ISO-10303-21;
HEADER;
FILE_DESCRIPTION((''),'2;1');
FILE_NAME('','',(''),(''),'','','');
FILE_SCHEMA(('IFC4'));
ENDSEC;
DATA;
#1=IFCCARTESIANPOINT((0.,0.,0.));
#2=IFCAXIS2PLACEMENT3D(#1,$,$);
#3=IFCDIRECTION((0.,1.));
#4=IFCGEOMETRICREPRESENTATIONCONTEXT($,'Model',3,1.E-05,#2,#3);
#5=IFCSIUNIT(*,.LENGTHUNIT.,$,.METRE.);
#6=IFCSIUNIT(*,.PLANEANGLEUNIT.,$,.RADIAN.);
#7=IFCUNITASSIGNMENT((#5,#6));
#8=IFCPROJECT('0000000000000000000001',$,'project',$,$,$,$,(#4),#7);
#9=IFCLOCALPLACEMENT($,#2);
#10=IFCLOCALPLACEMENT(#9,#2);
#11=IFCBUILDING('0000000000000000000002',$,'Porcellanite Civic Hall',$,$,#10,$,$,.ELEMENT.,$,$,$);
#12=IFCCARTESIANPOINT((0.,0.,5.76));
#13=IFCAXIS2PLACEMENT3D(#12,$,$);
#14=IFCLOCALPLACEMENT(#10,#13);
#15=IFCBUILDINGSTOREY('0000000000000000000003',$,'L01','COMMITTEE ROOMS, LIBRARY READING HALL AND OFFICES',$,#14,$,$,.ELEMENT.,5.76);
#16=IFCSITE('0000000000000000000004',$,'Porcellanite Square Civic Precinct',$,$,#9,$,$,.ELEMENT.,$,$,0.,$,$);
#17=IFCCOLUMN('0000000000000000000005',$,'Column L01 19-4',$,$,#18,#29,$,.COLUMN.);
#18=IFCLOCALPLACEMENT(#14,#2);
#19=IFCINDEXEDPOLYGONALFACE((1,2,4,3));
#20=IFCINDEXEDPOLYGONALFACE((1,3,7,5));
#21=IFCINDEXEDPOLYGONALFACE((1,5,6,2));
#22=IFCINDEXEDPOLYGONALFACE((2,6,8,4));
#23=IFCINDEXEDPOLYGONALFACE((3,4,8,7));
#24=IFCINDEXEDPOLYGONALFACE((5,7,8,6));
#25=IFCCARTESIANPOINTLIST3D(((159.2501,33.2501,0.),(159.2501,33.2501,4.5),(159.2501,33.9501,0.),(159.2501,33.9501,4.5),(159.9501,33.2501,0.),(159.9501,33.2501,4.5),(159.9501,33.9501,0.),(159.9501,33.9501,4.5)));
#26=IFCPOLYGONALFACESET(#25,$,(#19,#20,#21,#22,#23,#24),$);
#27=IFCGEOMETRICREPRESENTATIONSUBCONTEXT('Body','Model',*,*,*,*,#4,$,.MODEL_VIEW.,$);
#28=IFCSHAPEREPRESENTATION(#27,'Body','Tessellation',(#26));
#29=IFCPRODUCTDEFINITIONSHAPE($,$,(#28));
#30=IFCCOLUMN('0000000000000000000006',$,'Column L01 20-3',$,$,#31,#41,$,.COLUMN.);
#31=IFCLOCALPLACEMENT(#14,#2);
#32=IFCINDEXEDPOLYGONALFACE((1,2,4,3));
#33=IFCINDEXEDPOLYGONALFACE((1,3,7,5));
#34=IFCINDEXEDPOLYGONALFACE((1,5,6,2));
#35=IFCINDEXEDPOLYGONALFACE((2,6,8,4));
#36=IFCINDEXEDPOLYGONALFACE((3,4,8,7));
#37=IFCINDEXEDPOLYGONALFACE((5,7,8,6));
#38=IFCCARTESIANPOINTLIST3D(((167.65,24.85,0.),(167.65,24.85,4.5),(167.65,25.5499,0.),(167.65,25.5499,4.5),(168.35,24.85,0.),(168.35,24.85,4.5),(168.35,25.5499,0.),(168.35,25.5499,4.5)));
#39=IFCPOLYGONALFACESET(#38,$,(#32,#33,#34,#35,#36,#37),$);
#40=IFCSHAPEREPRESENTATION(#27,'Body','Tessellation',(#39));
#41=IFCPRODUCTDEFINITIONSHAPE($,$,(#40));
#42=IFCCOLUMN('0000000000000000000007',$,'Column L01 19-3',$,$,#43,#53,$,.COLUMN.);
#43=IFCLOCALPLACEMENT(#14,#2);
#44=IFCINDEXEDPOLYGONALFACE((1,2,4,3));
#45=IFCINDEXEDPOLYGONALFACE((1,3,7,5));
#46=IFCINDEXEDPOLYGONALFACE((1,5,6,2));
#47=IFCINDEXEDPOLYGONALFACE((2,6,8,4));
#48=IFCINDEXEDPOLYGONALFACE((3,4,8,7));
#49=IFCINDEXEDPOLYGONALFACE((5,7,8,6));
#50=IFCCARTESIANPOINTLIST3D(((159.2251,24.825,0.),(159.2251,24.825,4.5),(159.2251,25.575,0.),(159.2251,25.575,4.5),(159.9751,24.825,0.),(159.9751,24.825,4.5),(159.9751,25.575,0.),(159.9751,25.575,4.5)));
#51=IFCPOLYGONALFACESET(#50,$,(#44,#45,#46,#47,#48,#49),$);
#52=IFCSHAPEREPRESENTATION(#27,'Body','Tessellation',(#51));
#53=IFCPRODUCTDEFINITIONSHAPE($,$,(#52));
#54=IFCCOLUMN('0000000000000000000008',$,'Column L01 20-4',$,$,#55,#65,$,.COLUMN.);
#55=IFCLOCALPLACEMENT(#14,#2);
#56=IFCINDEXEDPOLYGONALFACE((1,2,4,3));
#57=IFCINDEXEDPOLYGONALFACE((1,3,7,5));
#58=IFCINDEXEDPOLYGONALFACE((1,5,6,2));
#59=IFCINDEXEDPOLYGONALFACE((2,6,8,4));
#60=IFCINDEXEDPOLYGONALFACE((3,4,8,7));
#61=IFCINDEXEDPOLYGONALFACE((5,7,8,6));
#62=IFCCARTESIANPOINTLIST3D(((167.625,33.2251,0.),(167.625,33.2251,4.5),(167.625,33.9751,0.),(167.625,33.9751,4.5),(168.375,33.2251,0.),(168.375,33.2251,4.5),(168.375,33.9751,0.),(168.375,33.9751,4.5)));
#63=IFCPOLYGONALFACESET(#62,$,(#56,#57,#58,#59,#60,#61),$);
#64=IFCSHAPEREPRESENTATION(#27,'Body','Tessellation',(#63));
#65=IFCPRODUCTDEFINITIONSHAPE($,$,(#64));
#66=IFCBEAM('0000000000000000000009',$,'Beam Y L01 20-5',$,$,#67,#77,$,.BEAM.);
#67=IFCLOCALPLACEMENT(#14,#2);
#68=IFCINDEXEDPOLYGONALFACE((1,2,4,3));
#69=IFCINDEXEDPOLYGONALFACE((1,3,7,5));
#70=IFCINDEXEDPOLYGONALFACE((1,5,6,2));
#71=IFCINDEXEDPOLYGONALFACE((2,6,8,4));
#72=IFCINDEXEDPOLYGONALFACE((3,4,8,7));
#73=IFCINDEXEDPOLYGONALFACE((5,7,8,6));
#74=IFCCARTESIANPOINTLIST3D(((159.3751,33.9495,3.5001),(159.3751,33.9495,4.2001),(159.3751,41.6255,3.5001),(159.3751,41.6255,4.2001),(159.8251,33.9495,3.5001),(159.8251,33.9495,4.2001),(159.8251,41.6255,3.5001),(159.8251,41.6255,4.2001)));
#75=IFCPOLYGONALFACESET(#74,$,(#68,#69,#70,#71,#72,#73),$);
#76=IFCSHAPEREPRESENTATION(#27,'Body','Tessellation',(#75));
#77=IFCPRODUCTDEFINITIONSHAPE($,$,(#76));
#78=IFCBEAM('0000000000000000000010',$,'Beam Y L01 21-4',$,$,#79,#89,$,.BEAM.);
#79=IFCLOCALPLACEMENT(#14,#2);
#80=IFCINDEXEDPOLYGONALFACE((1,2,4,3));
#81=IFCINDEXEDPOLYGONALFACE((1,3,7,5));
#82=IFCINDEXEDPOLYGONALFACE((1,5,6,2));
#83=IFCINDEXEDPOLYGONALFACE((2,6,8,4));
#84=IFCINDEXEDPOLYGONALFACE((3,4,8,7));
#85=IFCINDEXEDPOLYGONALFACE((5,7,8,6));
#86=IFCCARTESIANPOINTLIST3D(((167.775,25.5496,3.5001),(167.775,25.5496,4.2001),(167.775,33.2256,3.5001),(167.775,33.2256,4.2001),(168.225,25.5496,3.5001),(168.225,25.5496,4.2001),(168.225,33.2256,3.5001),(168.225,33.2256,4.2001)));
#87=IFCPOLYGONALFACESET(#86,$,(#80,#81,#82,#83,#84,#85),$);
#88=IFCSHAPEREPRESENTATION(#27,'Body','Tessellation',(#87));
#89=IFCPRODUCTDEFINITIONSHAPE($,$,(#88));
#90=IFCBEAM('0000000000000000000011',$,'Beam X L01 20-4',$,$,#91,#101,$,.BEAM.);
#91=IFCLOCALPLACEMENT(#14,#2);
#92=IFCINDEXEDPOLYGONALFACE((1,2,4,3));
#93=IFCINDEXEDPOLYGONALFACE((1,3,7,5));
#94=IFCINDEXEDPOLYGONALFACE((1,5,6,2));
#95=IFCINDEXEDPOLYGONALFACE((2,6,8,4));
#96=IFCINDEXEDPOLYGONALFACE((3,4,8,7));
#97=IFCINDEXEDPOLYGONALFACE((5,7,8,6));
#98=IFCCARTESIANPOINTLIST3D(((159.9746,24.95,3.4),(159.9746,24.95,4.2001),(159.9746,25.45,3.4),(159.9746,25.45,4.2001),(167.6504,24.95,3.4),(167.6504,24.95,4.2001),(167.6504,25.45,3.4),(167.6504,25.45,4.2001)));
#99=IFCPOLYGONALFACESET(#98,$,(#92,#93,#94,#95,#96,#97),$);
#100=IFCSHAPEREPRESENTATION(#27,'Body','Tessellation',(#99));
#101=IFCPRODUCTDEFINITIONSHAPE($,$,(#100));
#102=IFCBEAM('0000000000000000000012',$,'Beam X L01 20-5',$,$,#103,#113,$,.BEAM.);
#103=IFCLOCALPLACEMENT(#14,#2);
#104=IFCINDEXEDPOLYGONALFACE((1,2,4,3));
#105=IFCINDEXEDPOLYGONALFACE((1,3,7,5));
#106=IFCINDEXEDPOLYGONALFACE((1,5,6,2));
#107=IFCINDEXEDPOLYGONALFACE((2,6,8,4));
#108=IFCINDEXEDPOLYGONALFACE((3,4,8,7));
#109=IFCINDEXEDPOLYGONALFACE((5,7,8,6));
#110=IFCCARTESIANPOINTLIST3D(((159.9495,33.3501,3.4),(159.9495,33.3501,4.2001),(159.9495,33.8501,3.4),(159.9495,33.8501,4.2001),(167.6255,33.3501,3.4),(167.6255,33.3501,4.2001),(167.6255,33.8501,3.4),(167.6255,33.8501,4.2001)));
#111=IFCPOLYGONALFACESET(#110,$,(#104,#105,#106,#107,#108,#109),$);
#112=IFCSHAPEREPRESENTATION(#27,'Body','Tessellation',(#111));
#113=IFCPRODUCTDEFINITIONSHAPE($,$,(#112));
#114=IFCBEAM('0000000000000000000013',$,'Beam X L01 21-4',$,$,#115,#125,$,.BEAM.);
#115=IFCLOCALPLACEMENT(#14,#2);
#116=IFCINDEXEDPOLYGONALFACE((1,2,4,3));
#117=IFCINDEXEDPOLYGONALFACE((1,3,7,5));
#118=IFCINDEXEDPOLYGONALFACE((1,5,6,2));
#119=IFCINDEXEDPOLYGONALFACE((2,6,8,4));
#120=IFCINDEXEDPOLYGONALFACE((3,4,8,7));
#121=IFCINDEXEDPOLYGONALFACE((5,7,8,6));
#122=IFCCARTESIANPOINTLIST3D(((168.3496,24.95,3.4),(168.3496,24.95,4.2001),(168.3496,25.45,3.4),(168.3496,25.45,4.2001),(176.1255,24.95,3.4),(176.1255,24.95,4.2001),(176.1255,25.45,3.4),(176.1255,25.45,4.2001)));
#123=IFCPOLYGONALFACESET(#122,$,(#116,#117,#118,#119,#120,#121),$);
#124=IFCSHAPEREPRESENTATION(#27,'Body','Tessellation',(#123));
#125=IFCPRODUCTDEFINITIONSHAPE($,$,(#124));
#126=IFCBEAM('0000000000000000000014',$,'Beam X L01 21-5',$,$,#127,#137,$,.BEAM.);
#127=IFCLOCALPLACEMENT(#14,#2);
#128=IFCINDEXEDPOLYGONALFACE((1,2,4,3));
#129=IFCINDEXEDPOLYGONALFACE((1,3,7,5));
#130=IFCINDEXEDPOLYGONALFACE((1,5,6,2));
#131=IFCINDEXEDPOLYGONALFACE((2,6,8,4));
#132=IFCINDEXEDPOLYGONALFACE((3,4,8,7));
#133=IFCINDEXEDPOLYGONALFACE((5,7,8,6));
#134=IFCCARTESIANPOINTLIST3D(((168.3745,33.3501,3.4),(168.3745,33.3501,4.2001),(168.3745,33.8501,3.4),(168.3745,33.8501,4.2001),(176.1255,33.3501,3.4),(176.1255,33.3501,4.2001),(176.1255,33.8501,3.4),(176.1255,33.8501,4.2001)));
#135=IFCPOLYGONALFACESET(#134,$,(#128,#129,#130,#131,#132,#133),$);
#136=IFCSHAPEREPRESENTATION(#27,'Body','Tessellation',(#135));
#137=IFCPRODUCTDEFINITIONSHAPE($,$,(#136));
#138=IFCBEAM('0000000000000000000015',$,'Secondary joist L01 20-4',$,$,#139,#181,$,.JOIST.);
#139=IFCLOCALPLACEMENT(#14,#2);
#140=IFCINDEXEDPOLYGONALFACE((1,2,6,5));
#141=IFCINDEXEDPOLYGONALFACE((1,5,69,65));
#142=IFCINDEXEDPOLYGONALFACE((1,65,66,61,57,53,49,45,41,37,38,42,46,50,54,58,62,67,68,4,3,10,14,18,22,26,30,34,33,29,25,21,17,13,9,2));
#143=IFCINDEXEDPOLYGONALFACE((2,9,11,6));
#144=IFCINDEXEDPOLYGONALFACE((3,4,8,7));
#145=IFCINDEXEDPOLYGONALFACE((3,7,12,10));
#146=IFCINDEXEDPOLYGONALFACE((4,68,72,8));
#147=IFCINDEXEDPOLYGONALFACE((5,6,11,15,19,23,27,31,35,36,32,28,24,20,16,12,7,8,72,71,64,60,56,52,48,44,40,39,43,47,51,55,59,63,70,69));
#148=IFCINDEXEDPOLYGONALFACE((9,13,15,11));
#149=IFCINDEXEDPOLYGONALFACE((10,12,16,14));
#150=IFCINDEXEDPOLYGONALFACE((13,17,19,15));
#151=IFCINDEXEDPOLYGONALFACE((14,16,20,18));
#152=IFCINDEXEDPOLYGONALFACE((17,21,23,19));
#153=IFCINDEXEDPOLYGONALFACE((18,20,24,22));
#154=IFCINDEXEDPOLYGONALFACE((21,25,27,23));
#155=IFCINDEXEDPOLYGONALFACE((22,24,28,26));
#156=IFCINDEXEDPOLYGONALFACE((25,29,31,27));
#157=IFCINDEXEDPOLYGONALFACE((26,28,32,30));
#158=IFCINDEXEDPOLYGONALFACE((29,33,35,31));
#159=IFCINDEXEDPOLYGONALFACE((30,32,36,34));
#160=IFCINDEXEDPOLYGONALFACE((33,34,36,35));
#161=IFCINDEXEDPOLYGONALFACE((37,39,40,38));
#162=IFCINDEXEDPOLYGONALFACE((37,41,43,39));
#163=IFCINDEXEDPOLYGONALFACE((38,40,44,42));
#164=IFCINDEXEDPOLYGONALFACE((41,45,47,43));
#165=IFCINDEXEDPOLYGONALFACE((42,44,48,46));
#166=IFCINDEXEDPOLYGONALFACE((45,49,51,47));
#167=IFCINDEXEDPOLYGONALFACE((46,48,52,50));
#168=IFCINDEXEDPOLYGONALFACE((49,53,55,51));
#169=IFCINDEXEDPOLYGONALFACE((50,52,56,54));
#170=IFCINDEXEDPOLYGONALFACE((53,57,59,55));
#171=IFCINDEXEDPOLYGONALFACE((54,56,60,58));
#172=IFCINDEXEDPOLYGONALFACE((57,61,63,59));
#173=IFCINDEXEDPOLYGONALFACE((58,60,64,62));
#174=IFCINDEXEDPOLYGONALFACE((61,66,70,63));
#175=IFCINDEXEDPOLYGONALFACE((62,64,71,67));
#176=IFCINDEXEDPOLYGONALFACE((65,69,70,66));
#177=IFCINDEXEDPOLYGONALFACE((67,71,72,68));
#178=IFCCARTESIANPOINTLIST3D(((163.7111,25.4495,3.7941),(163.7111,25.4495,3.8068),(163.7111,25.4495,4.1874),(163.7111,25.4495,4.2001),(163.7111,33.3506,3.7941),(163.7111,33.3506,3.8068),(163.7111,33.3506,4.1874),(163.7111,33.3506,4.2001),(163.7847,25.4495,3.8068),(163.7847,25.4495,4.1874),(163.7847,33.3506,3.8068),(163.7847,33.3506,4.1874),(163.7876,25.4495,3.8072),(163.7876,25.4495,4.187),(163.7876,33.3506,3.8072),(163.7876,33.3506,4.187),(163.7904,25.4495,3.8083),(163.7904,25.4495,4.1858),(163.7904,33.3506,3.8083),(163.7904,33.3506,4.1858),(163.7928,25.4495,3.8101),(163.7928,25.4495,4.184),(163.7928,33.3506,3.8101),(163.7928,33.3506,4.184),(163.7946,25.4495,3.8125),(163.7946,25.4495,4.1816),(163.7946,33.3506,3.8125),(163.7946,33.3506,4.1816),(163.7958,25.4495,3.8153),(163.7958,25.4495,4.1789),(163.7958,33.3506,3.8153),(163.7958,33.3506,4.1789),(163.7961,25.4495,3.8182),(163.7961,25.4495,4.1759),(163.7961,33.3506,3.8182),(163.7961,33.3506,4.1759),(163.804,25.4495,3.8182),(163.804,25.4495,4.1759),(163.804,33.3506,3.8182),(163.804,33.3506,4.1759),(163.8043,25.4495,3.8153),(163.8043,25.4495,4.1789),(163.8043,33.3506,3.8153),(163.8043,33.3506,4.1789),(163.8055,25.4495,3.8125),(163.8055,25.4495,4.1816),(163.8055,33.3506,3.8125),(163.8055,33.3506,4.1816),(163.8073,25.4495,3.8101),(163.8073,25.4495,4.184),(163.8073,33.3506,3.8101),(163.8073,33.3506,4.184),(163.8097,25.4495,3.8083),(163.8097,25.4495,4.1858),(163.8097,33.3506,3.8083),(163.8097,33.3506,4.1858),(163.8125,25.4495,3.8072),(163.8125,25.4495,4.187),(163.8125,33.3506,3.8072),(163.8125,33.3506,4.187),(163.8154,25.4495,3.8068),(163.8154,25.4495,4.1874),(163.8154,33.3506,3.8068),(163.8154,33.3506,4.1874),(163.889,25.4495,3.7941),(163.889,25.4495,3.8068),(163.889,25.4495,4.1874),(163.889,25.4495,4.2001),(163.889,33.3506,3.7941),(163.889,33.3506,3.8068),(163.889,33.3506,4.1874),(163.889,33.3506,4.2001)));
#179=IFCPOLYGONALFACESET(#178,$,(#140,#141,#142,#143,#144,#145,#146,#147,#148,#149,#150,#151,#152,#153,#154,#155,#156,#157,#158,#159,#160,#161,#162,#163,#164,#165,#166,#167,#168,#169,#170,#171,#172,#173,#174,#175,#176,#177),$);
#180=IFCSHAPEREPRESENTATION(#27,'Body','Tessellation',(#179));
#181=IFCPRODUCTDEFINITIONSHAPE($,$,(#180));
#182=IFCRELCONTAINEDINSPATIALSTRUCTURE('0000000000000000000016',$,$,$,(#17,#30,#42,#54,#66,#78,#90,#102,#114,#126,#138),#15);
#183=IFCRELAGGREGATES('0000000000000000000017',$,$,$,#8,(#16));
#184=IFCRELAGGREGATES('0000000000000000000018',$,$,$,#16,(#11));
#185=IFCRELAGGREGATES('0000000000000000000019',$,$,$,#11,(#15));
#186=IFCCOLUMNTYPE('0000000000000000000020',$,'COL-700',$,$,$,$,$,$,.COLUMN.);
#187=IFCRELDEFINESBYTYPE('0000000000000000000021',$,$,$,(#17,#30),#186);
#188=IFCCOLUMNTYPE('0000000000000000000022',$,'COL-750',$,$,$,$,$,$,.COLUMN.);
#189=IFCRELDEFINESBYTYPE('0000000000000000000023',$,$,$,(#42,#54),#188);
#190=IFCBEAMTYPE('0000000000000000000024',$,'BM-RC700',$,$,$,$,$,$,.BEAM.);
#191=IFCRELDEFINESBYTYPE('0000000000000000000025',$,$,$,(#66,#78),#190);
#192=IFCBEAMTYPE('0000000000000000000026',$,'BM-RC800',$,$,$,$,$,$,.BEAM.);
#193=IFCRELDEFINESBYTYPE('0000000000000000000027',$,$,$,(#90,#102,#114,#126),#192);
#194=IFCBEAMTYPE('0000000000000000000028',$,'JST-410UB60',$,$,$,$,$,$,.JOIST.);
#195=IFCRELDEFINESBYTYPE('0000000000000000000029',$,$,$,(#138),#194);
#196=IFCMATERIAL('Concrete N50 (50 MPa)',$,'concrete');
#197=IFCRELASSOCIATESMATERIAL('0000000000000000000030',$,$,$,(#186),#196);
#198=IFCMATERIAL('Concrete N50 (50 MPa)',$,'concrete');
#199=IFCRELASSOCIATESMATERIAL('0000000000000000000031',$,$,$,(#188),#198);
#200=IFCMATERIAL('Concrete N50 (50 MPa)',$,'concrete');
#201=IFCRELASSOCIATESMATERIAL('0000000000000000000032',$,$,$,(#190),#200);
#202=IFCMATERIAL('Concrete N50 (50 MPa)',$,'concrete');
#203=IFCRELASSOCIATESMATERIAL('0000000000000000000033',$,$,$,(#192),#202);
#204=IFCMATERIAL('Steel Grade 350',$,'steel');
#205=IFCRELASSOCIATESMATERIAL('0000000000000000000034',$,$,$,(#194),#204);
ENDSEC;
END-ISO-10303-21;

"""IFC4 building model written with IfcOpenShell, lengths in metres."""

from ifc_helpers import new_model, si_unit, direction, frame, origin, origin_2d, place, context, subcontext, project, spatial, rectangle, i_section, extrude, material, material_profile, profile_set, type_object, element, save


model = new_model("IFC4")

# Units and contexts
model_context = context("Model", 3, precision=1e-05, world=origin(), true_north=direction((0.0, 1.0)))
body_context = subcontext(model_context, "Body", "Model", "MODEL_VIEW")
ifc_project = project(units=[si_unit("LENGTHUNIT", "METRE"), si_unit("PLANEANGLEUNIT", "RADIAN")], contexts=[model_context])

# Site, building, storey
site_placement = place(None, origin())
site = spatial("IfcSite", under=ifc_project, at=site_placement, Name="Porcellanite Square Civic Precinct", CompositionType="ELEMENT", RefElevation=0.0)
building_placement = place(site_placement, origin())
building = spatial("IfcBuilding", under=site, at=building_placement, Name="Porcellanite Civic Hall", CompositionType="ELEMENT")
storey_placement = place(building_placement, frame((0.0, 0.0, 5.76)))
storey = spatial("IfcBuildingStorey", under=building, at=storey_placement, Name="L01", Description="COMMITTEE ROOMS, LIBRARY READING HALL AND OFFICES", CompositionType="ELEMENT", Elevation=5.76)

# Columns
ifc_material_1 = material(Name="Concrete N50 (50 MPa)", Category="concrete")
ifc_material_profile_1 = material_profile(ifc_material_1, rectangle(XDim=0.7, YDim=0.7, at=origin_2d()), Name="RC-700x700")
ifc_profile_set_1 = profile_set([ifc_material_profile_1], Name="Concrete N50 (50 MPa)")
column_type_1 = type_object("IfcColumnType", Name="COL-700", PredefinedType="COLUMN", material=ifc_profile_set_1)
for number, where, z_axis, x_axis, name in (
    (1, (159.6001, 33.6001, 0.0), (0.0, 0.0, 1.0), (1.0, 0.0, 0.0), "Column L01 19-4"),
    (2, (168.0, 25.2, 0.0), (0.0, 0.0, 1.0), (1.0, 0.0, 0.0), "Column L01 20-3"),
):
    element("IfcColumn", number, at=place(storey_placement, frame(where, z_axis=z_axis, x_axis=x_axis)), inside=storey, type_object=column_type_1, Name=name, PredefinedType="COLUMN", context=body_context, shape_type="SweptSolid", body=[
        extrude(rectangle(XDim=0.7, YDim=0.7, at=origin_2d()), origin(), (0.0, 0.0, 1.0), 4.5),
    ])
ifc_material_2 = material(Name="Concrete N50 (50 MPa)", Category="concrete")
ifc_material_profile_2 = material_profile(ifc_material_2, rectangle(XDim=0.75, YDim=0.75, at=origin_2d()), Name="RC-750x750")
ifc_profile_set_2 = profile_set([ifc_material_profile_2], Name="Concrete N50 (50 MPa)")
column_type_2 = type_object("IfcColumnType", Name="COL-750", PredefinedType="COLUMN", material=ifc_profile_set_2)
for number, where, z_axis, x_axis, name in (
    (3, (159.6001, 25.2, 0.0), (0.0, 0.0, 1.0), (1.0, 0.0, 0.0), "Column L01 19-3"),
    (4, (168.0, 33.6001, 0.0), (0.0, 0.0, 1.0), (1.0, 0.0, 0.0), "Column L01 20-4"),
):
    element("IfcColumn", number, at=place(storey_placement, frame(where, z_axis=z_axis, x_axis=x_axis)), inside=storey, type_object=column_type_2, Name=name, PredefinedType="COLUMN", context=body_context, shape_type="SweptSolid", body=[
        extrude(rectangle(XDim=0.75, YDim=0.75, at=origin_2d()), origin(), (0.0, 0.0, 1.0), 4.5),
    ])

# Beams
ifc_material_3 = material(Name="Concrete N50 (50 MPa)", Category="concrete")
ifc_material_profile_3 = material_profile(ifc_material_3, rectangle(XDim=0.45, YDim=0.7, at=origin_2d()), Name="RC-450x700")
ifc_profile_set_3 = profile_set([ifc_material_profile_3], Name="Concrete N50 (50 MPa)")
beam_type_1 = type_object("IfcBeamType", Name="BM-RC700", PredefinedType="BEAM", material=ifc_profile_set_3)
for number, where, z_axis, x_axis, name in (
    (5, (159.6001, 33.9495, 3.8501), (0.0, 1.0, 0.0), (-1.0, 0.0, 0.0), "Beam Y L01 20-5"),
    (6, (168.0, 25.5496, 3.8501), (0.0, 1.0, 0.0), (-1.0, 0.0, 0.0), "Beam Y L01 21-4"),
):
    element("IfcBeam", number, at=place(storey_placement, frame(where, z_axis=z_axis, x_axis=x_axis)), inside=storey, type_object=beam_type_1, Name=name, PredefinedType="BEAM", context=body_context, shape_type="SweptSolid", body=[
        extrude(rectangle(XDim=0.45, YDim=0.7, at=origin_2d()), origin(), (0.0, 0.0, 1.0), 7.676),
    ])
ifc_material_4 = material(Name="Concrete N50 (50 MPa)", Category="concrete")
ifc_material_profile_4 = material_profile(ifc_material_4, rectangle(XDim=0.5, YDim=0.8, at=origin_2d()), Name="RC-500x800")
ifc_profile_set_4 = profile_set([ifc_material_profile_4], Name="Concrete N50 (50 MPa)")
beam_type_2 = type_object("IfcBeamType", Name="BM-RC800", PredefinedType="BEAM", material=ifc_profile_set_4)
beam_1_placement = place(storey_placement, frame((159.9746, 25.2, 3.8), z_axis=(1.0, 0.0, 0.0), x_axis=(0.0, 1.0, 0.0)))
element("IfcBeam", 7, at=beam_1_placement, inside=storey, type_object=beam_type_2, Name="Beam X L01 20-4", PredefinedType="BEAM", context=body_context, shape_type="SweptSolid", body=[
    extrude(rectangle(XDim=0.5, YDim=0.8, at=origin_2d()), origin(), (0.0, 0.0, 1.0), 7.6758),
])
beam_2_placement = place(storey_placement, frame((159.9495, 33.6001, 3.8), z_axis=(1.0, 0.0, 0.0), x_axis=(0.0, 1.0, 0.0)))
element("IfcBeam", 8, at=beam_2_placement, inside=storey, type_object=beam_type_2, Name="Beam X L01 20-5", PredefinedType="BEAM", context=body_context, shape_type="SweptSolid", body=[
    extrude(rectangle(XDim=0.5, YDim=0.8, at=origin_2d()), origin(), (0.0, 0.0, 1.0), 7.676),
])
beam_3_placement = place(storey_placement, frame((168.3496, 25.2, 3.8), z_axis=(1.0, 0.0, 0.0), x_axis=(0.0, 1.0, 0.0)))
element("IfcBeam", 9, at=beam_3_placement, inside=storey, type_object=beam_type_2, Name="Beam X L01 21-4", PredefinedType="BEAM", context=body_context, shape_type="SweptSolid", body=[
    extrude(rectangle(XDim=0.5, YDim=0.8, at=origin_2d()), origin(), (0.0, 0.0, 1.0), 7.7759),
])
beam_4_placement = place(storey_placement, frame((168.3745, 33.6001, 3.8), z_axis=(1.0, 0.0, 0.0), x_axis=(0.0, 1.0, 0.0)))
element("IfcBeam", 10, at=beam_4_placement, inside=storey, type_object=beam_type_2, Name="Beam X L01 21-5", PredefinedType="BEAM", context=body_context, shape_type="SweptSolid", body=[
    extrude(rectangle(XDim=0.5, YDim=0.8, at=origin_2d()), origin(), (0.0, 0.0, 1.0), 7.751),
])
ifc_material_5 = material(Name="Steel Grade 350", Category="steel")
ifc_material_profile_5 = material_profile(ifc_material_5, i_section(OverallWidth=0.178, OverallDepth=0.406, WebThickness=0.0078, FlangeThickness=0.0127, FilletRadius=0.0115, at=origin_2d()), Name="410UB59.7")
ifc_profile_set_5 = profile_set([ifc_material_profile_5], Name="Steel Grade 350")
beam_type_3 = type_object("IfcBeamType", Name="JST-410UB60", PredefinedType="JOIST", material=ifc_profile_set_5)
beam_5_placement = place(storey_placement, frame((163.8, 25.4495, 3.9971), z_axis=(0.0, 1.0, 0.0), x_axis=(-1.0, 0.0, 0.0)))
element("IfcBeam", 11, at=beam_5_placement, inside=storey, type_object=beam_type_3, Name="Secondary joist L01 20-4", PredefinedType="JOIST", context=body_context, shape_type="SweptSolid", body=[
    extrude(i_section(OverallWidth=0.178, OverallDepth=0.406, WebThickness=0.0078, FlangeThickness=0.0127, FilletRadius=0.0115, at=origin_2d()), origin(), (0.0, 0.0, 1.0), 7.9011),
])

save(model, "model.ifc")
